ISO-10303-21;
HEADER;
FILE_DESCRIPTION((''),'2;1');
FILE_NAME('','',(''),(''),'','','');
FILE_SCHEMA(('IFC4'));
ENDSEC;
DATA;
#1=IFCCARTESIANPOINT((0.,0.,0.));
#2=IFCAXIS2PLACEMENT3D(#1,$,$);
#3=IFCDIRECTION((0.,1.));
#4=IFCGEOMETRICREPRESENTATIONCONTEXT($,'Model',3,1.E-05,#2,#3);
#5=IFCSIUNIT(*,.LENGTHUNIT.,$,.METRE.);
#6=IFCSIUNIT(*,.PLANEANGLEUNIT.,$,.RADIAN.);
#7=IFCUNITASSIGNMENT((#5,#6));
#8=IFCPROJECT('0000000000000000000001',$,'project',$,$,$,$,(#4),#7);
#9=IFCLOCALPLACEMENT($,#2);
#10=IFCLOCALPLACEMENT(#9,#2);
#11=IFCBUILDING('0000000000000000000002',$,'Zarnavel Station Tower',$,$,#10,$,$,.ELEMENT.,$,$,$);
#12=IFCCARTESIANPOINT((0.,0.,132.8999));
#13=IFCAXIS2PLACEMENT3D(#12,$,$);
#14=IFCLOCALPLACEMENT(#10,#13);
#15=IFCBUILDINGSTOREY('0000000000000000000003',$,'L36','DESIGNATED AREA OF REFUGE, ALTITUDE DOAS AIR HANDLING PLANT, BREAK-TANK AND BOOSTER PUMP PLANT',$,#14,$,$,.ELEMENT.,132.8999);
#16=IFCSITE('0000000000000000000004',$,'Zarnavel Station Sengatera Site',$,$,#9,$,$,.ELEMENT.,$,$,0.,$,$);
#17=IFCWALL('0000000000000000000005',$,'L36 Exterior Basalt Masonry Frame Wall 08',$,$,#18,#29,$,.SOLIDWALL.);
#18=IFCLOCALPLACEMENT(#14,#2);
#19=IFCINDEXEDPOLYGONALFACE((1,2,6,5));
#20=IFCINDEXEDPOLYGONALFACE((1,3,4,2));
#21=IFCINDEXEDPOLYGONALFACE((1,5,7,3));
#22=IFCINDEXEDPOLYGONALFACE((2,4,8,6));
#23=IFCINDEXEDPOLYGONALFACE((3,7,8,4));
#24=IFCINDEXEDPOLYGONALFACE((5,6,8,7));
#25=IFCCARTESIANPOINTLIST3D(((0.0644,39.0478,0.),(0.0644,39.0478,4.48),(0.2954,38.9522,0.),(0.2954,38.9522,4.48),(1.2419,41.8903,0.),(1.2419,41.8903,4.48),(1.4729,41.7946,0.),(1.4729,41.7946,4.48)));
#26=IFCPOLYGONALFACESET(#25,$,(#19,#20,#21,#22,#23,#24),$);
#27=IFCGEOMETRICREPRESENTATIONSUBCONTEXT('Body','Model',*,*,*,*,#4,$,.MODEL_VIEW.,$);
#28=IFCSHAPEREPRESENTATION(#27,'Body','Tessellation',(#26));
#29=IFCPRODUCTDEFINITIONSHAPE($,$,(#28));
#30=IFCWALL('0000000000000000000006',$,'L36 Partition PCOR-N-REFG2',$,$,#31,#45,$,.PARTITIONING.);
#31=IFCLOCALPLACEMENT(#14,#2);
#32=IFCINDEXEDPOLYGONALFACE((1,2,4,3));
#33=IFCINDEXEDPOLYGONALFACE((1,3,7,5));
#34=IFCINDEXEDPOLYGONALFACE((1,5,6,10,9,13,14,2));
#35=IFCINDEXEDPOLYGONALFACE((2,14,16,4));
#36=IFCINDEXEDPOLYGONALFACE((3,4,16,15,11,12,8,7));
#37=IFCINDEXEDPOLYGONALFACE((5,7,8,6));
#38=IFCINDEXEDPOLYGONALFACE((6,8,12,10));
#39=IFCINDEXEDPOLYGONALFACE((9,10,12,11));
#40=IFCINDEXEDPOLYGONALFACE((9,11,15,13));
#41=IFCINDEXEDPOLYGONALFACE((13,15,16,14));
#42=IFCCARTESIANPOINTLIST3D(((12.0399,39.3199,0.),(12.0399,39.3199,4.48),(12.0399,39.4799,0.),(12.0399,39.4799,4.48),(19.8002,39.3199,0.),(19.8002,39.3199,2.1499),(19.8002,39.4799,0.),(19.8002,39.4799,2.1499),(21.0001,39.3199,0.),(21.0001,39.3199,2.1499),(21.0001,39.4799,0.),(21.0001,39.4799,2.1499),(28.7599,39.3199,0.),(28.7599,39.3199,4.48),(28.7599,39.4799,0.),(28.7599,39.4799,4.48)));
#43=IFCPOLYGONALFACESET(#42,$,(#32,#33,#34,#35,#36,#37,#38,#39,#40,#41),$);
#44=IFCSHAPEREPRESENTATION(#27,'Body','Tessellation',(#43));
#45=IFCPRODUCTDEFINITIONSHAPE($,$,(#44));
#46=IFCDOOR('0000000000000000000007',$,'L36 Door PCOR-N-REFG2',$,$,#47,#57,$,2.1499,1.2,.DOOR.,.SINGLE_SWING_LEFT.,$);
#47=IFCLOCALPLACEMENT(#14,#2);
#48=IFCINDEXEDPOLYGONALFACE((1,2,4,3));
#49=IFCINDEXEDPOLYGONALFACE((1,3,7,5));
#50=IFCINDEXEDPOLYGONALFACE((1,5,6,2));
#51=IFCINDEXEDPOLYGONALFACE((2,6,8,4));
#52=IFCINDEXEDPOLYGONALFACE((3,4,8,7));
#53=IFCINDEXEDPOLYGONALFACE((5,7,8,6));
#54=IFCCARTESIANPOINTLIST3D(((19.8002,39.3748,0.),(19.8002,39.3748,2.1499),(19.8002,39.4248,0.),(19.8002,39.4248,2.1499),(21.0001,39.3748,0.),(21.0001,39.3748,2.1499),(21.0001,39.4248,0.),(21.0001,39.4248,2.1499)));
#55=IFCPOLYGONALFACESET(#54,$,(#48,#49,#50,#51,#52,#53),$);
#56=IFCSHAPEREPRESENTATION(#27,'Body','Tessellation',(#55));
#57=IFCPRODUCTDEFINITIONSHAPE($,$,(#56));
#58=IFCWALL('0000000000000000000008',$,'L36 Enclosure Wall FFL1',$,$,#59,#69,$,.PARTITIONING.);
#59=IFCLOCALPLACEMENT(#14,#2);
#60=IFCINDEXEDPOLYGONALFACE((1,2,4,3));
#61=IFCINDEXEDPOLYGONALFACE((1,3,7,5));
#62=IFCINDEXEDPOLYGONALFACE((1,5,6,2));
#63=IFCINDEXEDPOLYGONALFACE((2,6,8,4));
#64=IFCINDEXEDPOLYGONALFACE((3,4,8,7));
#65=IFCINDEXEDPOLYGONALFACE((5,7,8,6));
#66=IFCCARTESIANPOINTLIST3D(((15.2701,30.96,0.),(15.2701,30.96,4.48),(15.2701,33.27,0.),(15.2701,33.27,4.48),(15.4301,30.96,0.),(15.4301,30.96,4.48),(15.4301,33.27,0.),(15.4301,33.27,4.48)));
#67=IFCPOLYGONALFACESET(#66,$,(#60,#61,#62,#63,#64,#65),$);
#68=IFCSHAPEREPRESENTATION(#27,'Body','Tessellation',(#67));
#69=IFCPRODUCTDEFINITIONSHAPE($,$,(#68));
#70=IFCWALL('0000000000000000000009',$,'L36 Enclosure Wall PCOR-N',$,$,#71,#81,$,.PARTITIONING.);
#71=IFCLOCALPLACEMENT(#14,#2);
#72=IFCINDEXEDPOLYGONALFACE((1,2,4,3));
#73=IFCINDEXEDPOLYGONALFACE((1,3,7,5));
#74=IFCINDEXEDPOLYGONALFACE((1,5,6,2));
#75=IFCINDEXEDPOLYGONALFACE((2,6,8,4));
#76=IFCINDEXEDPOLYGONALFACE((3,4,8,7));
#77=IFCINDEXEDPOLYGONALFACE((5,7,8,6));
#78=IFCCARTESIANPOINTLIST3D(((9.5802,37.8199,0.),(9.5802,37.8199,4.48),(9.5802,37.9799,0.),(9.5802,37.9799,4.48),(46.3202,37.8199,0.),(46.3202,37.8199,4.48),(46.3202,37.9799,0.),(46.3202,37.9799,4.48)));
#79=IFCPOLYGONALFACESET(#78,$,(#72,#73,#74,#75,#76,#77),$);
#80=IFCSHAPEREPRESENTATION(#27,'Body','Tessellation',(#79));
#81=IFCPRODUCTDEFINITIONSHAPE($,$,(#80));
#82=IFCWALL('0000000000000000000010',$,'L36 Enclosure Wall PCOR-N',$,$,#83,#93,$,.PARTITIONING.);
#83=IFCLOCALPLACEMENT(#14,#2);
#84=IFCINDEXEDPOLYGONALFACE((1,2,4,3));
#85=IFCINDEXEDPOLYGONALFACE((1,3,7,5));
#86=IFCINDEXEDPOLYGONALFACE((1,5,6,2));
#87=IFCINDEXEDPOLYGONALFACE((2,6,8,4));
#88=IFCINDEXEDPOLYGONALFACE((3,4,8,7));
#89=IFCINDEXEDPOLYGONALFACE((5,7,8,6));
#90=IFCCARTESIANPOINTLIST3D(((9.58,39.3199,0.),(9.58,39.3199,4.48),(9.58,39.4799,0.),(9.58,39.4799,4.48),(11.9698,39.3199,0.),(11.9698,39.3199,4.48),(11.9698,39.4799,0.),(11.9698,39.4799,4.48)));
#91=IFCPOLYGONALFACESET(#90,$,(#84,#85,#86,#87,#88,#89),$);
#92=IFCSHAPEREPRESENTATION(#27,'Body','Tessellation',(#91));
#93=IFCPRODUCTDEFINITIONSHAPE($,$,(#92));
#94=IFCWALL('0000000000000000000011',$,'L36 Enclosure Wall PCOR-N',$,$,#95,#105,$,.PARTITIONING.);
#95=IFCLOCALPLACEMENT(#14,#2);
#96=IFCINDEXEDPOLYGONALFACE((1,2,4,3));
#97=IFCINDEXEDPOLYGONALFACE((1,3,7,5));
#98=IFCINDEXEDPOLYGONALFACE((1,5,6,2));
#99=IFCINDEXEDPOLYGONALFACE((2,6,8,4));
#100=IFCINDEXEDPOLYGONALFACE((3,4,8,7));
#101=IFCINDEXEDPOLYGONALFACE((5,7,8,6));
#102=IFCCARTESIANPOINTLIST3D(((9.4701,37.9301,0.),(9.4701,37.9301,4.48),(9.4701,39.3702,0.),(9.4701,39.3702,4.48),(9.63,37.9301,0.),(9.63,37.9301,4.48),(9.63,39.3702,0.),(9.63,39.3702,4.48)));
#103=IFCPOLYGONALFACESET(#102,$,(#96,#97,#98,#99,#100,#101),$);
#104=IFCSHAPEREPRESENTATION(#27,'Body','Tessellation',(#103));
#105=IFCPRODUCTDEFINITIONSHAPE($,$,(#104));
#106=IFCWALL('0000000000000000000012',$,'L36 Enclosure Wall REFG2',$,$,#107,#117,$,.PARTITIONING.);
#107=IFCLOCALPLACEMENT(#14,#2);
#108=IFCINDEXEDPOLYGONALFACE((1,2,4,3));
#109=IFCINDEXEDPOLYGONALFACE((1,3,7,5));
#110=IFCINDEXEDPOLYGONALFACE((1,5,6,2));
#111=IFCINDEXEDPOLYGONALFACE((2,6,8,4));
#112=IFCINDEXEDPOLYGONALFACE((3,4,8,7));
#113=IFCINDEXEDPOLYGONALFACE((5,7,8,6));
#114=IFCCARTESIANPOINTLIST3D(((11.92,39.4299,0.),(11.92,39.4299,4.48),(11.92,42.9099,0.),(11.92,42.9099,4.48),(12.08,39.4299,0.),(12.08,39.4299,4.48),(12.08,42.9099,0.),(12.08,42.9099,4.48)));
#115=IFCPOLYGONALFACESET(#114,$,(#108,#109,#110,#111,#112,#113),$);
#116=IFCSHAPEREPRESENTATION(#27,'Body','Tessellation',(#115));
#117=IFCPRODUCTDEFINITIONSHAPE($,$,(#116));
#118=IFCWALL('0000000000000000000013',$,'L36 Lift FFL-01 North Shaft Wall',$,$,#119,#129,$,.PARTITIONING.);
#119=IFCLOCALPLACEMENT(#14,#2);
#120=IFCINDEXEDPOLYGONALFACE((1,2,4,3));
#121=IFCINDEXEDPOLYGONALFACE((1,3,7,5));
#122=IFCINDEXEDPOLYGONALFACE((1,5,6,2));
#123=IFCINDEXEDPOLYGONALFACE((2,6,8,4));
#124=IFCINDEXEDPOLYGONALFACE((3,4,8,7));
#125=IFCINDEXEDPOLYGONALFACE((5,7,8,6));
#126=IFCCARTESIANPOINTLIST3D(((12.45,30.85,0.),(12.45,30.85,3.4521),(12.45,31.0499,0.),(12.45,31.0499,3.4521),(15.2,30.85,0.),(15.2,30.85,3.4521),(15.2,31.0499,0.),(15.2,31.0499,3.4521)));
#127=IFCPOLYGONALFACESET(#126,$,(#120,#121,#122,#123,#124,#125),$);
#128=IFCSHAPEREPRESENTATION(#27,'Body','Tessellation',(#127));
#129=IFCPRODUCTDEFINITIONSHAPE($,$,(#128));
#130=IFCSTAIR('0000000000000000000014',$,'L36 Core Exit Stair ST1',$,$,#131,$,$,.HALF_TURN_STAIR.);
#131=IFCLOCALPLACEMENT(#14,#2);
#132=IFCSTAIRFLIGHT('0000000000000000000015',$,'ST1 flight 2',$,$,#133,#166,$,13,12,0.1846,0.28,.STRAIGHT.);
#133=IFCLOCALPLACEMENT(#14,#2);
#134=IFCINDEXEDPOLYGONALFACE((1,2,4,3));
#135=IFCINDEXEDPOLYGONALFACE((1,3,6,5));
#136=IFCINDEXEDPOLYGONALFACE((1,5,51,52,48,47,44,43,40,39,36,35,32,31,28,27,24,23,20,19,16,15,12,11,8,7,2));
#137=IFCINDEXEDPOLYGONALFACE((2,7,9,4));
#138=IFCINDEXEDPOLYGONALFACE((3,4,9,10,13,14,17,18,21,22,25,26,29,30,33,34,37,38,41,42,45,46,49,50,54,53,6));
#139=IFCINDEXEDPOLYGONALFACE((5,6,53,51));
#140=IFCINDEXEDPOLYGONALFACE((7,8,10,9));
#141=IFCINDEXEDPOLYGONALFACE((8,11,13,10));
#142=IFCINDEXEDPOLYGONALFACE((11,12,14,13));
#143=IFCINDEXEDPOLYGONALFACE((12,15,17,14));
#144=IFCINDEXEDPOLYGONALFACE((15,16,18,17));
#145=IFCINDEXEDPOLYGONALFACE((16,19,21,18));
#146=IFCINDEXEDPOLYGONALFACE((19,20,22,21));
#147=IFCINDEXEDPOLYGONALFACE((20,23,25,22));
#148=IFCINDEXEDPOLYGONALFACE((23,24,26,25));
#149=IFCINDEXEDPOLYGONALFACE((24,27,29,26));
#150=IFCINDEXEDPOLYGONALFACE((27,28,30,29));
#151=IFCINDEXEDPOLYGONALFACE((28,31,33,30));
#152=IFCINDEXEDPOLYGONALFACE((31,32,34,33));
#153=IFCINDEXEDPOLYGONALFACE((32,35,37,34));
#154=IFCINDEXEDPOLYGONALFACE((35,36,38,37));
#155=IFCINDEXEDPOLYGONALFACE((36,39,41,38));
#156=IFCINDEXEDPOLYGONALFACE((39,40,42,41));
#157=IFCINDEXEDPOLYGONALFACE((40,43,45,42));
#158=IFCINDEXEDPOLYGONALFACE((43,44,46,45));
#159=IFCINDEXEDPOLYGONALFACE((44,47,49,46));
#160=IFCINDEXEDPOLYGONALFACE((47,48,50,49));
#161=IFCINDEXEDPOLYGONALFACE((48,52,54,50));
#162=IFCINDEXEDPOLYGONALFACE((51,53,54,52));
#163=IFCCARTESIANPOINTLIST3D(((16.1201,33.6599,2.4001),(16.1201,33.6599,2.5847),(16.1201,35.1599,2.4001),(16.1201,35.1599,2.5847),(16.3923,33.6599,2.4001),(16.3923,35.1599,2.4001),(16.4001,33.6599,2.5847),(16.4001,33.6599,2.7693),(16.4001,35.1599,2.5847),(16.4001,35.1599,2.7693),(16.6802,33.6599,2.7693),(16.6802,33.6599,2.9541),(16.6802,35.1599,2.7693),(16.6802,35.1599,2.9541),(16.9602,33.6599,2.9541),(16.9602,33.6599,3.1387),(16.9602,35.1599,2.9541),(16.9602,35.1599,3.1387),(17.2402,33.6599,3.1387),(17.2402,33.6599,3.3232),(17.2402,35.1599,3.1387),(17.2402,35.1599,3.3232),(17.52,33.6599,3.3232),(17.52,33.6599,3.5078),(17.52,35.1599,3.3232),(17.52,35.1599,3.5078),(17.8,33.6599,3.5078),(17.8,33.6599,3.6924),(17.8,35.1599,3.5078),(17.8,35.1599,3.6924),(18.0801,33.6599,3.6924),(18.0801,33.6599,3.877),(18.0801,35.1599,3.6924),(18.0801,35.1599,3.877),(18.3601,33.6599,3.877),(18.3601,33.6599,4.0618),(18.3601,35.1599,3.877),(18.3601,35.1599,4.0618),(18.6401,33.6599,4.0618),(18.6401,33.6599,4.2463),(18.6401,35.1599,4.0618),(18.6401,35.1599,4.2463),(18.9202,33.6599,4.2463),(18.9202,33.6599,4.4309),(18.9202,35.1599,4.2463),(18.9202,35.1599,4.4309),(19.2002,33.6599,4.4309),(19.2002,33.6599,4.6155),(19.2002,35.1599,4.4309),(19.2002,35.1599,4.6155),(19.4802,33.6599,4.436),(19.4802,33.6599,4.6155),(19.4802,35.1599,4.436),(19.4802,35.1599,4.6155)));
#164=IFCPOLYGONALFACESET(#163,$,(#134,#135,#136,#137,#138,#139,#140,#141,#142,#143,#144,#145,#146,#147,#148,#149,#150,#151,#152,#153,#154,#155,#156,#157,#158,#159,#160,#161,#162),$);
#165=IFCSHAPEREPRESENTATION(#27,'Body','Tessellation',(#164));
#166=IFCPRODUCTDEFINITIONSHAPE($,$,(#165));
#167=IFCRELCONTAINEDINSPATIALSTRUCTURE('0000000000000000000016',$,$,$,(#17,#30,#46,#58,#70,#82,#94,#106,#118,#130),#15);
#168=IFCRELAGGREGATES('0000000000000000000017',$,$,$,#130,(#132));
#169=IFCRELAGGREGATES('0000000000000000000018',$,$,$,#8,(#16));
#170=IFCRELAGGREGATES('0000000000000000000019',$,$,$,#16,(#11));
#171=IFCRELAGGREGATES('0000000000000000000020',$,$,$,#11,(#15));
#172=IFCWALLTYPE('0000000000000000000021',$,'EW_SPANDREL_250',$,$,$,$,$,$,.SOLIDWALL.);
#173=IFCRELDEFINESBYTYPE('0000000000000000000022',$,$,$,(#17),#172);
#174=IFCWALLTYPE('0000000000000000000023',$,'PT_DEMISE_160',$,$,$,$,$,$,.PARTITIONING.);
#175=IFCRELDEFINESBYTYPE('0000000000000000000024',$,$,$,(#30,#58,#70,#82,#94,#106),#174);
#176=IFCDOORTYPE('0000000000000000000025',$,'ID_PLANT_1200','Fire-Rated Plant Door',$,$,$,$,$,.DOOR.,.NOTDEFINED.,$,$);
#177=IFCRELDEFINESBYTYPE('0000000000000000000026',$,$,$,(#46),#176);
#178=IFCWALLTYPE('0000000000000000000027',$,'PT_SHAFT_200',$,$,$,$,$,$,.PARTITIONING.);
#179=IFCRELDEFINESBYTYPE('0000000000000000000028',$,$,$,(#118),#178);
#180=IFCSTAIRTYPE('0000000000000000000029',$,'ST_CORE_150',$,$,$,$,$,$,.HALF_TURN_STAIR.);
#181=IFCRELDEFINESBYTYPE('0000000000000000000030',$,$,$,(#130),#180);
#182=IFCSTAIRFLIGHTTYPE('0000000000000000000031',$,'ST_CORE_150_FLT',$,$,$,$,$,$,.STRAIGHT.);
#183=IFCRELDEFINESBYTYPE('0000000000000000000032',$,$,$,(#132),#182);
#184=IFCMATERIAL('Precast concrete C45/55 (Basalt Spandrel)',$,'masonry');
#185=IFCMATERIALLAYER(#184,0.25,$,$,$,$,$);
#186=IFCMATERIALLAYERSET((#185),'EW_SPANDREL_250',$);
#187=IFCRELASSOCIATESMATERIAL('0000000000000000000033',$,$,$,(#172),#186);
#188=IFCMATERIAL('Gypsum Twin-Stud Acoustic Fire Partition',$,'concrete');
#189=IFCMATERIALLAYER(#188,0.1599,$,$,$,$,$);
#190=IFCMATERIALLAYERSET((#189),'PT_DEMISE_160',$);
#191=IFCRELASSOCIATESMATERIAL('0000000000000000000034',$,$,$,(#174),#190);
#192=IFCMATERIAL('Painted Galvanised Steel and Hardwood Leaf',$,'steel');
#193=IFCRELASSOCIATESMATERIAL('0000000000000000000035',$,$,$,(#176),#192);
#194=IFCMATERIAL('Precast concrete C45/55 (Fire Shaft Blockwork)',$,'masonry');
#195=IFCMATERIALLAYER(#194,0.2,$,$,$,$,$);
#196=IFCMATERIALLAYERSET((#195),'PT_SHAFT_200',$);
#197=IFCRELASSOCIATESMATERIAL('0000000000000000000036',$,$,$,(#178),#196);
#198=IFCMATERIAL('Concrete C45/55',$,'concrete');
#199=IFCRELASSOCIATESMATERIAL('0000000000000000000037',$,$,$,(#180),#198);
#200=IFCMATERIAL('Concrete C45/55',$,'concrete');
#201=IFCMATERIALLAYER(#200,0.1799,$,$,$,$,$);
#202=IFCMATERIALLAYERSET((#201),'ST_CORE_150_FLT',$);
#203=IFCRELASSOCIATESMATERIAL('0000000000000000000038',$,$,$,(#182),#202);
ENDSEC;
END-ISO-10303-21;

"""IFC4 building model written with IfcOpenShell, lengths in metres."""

from ifc_helpers import new_model, si_unit, direction, frame, frame_2d, origin, place, context, subcontext, project, spatial, polyline, rectangle, outline, extrude, material, layer, layer_set, type_object, element, fill, aggregate, save


model = new_model("IFC4")

# Units and contexts
model_context = context("Model", 3, precision=1e-05, world=origin(), true_north=direction((0.0, 1.0)))
body_context = subcontext(model_context, "Body", "Model", "MODEL_VIEW")
ifc_project = project(units=[si_unit("LENGTHUNIT", "METRE"), si_unit("PLANEANGLEUNIT", "RADIAN")], contexts=[model_context])

# Site, building, storey
site_placement = place(None, origin())
site = spatial("IfcSite", under=ifc_project, at=site_placement, Name="Zarnavel Station Sengatera Site", CompositionType="ELEMENT", RefElevation=0.0)
building_placement = place(site_placement, origin())
building = spatial("IfcBuilding", under=site, at=building_placement, Name="Zarnavel Station Tower", CompositionType="ELEMENT")
storey_placement = place(building_placement, frame((0.0, 0.0, 132.8999)))
storey = spatial("IfcBuildingStorey", under=building, at=storey_placement, Name="L36", Description="DESIGNATED AREA OF REFUGE, ALTITUDE DOAS AIR HANDLING PLANT, BREAK-TANK AND BOOSTER PUMP PLANT", CompositionType="ELEMENT", Elevation=132.8999)

# Wall
ifc_material_1 = material(Name="Precast concrete C45/55 (Basalt Spandrel)", Category="masonry")
ifc_layer_1 = layer(ifc_material_1, 0.25)
ifc_layer_set_1 = layer_set([ifc_layer_1], Name="EW_SPANDREL_250")
wall_type_1 = type_object("IfcWallType", Name="EW_SPANDREL_250", PredefinedType="SOLIDWALL", material=ifc_layer_set_1)
for number, where, z_axis, x_axis, name in (
    (1, (0.1799, 39.0, 0.0), (0.0, 0.0, 1.0), (0.382705, 0.923871, 0.0), "L36 Exterior Basalt Masonry Frame Wall 08"),
):
    element("IfcWall", number, at=place(storey_placement, frame(where, z_axis=z_axis, x_axis=x_axis)), inside=storey, type_object=wall_type_1, Name=name, PredefinedType="SOLIDWALL", context=body_context, shape_type="SweptSolid", body=[
        extrude(rectangle(XDim=3.0767, YDim=0.25, at=frame_2d((1.5383, 0.0))), origin(), (0.0, 0.0, 1.0), 4.48),
    ])

# Wall, opening, door
ifc_material_2 = material(Name="Gypsum Twin-Stud Acoustic Fire Partition", Category="concrete")
ifc_layer_2 = layer(ifc_material_2, 0.1599)
ifc_layer_set_2 = layer_set([ifc_layer_2], Name="PT_DEMISE_160")
wall_type_2 = type_object("IfcWallType", Name="PT_DEMISE_160", PredefinedType="PARTITIONING", material=ifc_layer_set_2)
wall_1_placement = place(storey_placement, frame((12.04, 39.3999, 0.0), z_axis=(0.0, 0.0, 1.0), x_axis=(1.0, 0.0, 0.0)))
wall_1 = element("IfcWall", 2, at=wall_1_placement, inside=storey, type_object=wall_type_2, Name="L36 Partition PCOR-N-REFG2", PredefinedType="PARTITIONING", context=body_context, shape_type="SweptSolid", body=[
    extrude(rectangle(XDim=16.72, YDim=0.1599, at=frame_2d((8.3599, 0.0))), origin(), (0.0, 0.0, 1.0), 4.48),
])
opening_placement = place(wall_1_placement, frame((7.76, 0.0, 0.0)))
opening = element("IfcOpeningElement", 3, at=opening_placement, cuts=wall_1, PredefinedType="OPENING", context=body_context, shape_type="SweptSolid", body=[
    extrude(rectangle(XDim=1.2, YDim=2.1499, at=frame_2d((0.6001, 1.075))), frame((0.0, 0.0898, 0.0), z_axis=(0.0, -1.0, 0.0), x_axis=(1.0, 0.0, 0.0)), (0.0, 0.0, 1.0), 0.1799),
])
ifc_material_3 = material(Name="Painted Galvanised Steel and Hardwood Leaf", Category="steel")
door_type = type_object("IfcDoorType", Name="ID_PLANT_1200", Description="Fire-Rated Plant Door", OperationType="NOTDEFINED", PredefinedType="DOOR", material=ifc_material_3)
door_placement = place(opening_placement, origin())
door = element("IfcDoor", 4, at=door_placement, inside=storey, type_object=door_type, Name="L36 Door PCOR-N-REFG2", OperationType="SINGLE_SWING_LEFT", OverallHeight=2.1499, OverallWidth=1.2, PredefinedType="DOOR", context=body_context, shape_type="SweptSolid", body=[
    extrude(rectangle(XDim=1.2, YDim=2.1499, at=frame_2d((0.6001, 1.075))), frame((0.0, 0.0249, 0.0), z_axis=(0.0, -1.0, 0.0), x_axis=(1.0, 0.0, 0.0)), (0.0, 0.0, 1.0), 0.05),
])
fill(opening, door)

# Walls
wall_2_placement = place(storey_placement, frame((15.3501, 30.96, 0.0), z_axis=(0.0, 0.0, 1.0), x_axis=(0.0, 1.0, 0.0)))
element("IfcWall", 5, at=wall_2_placement, inside=storey, type_object=wall_type_2, Name="L36 Enclosure Wall FFL1", PredefinedType="PARTITIONING", context=body_context, shape_type="SweptSolid", body=[
    extrude(rectangle(XDim=2.3101, YDim=0.1599, at=frame_2d((1.155, 0.0))), origin(), (0.0, 0.0, 1.0), 4.48),
])
wall_3_placement = place(storey_placement, frame((9.5801, 37.8999, 0.0), z_axis=(0.0, 0.0, 1.0), x_axis=(1.0, 0.0, 0.0)))
element("IfcWall", 6, at=wall_3_placement, inside=storey, type_object=wall_type_2, Name="L36 Enclosure Wall PCOR-N", PredefinedType="PARTITIONING", context=body_context, shape_type="SweptSolid", body=[
    extrude(rectangle(XDim=36.74, YDim=0.1599, at=frame_2d((18.3701, 0.0))), origin(), (0.0, 0.0, 1.0), 4.48),
])
wall_4_placement = place(storey_placement, frame((9.5801, 39.3999, 0.0), z_axis=(0.0, 0.0, 1.0), x_axis=(1.0, 0.0, 0.0)))
element("IfcWall", 7, at=wall_4_placement, inside=storey, type_object=wall_type_2, Name="L36 Enclosure Wall PCOR-N", PredefinedType="PARTITIONING", context=body_context, shape_type="SweptSolid", body=[
    extrude(rectangle(XDim=2.3899, YDim=0.1599, at=frame_2d((1.1948, 0.0))), origin(), (0.0, 0.0, 1.0), 4.48),
])
wall_5_placement = place(storey_placement, frame((9.55, 37.9299, 0.0), z_axis=(0.0, 0.0, 1.0), x_axis=(0.0, 1.0, 0.0)))
element("IfcWall", 8, at=wall_5_placement, inside=storey, type_object=wall_type_2, Name="L36 Enclosure Wall PCOR-N", PredefinedType="PARTITIONING", context=body_context, shape_type="SweptSolid", body=[
    extrude(rectangle(XDim=1.4402, YDim=0.1599, at=frame_2d((0.7202, 0.0))), origin(), (0.0, 0.0, 1.0), 4.48),
])
wall_6_placement = place(storey_placement, frame((12.0, 39.4299, 0.0), z_axis=(0.0, 0.0, 1.0), x_axis=(0.0, 1.0, 0.0)))
element("IfcWall", 9, at=wall_6_placement, inside=storey, type_object=wall_type_2, Name="L36 Enclosure Wall REFG2", PredefinedType="PARTITIONING", context=body_context, shape_type="SweptSolid", body=[
    extrude(rectangle(XDim=3.48, YDim=0.1599, at=frame_2d((1.74, 0.0))), origin(), (0.0, 0.0, 1.0), 4.48),
])
ifc_material_4 = material(Name="Precast concrete C45/55 (Fire Shaft Blockwork)", Category="masonry")
ifc_layer_3 = layer(ifc_material_4, 0.2)
ifc_layer_set_3 = layer_set([ifc_layer_3], Name="PT_SHAFT_200")
wall_type_3 = type_object("IfcWallType", Name="PT_SHAFT_200", PredefinedType="PARTITIONING", material=ifc_layer_set_3)
wall_7_placement = place(storey_placement, frame((12.45, 30.95, 0.0), z_axis=(0.0, 0.0, 1.0), x_axis=(1.0, 0.0, 0.0)))
element("IfcWall", 10, at=wall_7_placement, inside=storey, type_object=wall_type_3, Name="L36 Lift FFL-01 North Shaft Wall", PredefinedType="PARTITIONING", context=body_context, shape_type="SweptSolid", body=[
    extrude(rectangle(XDim=2.75, YDim=0.2, at=frame_2d((1.375, 0.0))), origin(), (0.0, 0.0, 1.0), 3.4521),
])

# Stair, stair flight
ifc_material_5 = material(Name="Concrete C45/55", Category="concrete")
stair_type = type_object("IfcStairType", Name="ST_CORE_150", PredefinedType="HALF_TURN_STAIR", material=ifc_material_5)
stair_placement = place(storey_placement, origin())
stair = element("IfcStair", 11, at=stair_placement, inside=storey, type_object=stair_type, Name="L36 Core Exit Stair ST1", PredefinedType="HALF_TURN_STAIR")
ifc_material_6 = material(Name="Concrete C45/55", Category="concrete")
ifc_layer_4 = layer(ifc_material_6, 0.1799)
ifc_layer_set_4 = layer_set([ifc_layer_4], Name="ST_CORE_150_FLT")
stair_flight_type = type_object("IfcStairFlightType", Name="ST_CORE_150_FLT", PredefinedType="STRAIGHT", material=ifc_layer_set_4)
stair_flight_placement = place(storey_placement, frame((16.1201, 34.4099, 2.4001), z_axis=(0.0, 0.0, 1.0), x_axis=(1.0, 0.0, 0.0)))
stair_flight = element("IfcStairFlight", 12, at=stair_flight_placement, type_object=stair_flight_type, Name="ST1 flight 2", NumberOfRisers=13, NumberOfTreads=12, PredefinedType="STRAIGHT", RiserHeight=0.1846, TreadLength=0.28, context=body_context, shape_type="SweptSolid", body=[
    extrude(outline(polyline([(0.0, 0.0), (0.0, 0.1846), (0.28, 0.1846), (0.28, 0.3691), (0.5601, 0.3691), (0.5601, 0.554), (0.8401, 0.554), (0.8401, 0.7385), (1.1201, 0.7385), (1.1201, 0.9231), (1.3999, 0.9231), (1.3999, 1.1077), (1.6799, 1.1077), (1.6799, 1.2922), (1.96, 1.2922), (1.96, 1.4768), (2.24, 1.4768), (2.24, 1.6616), (2.52, 1.6616), (2.52, 1.8462), (2.8, 1.8462), (2.8, 2.0308), (3.0801, 2.0308), (3.0801, 2.2153), (3.3601, 2.2153), (3.3601, 2.3999), (3.3601, 2.0359), (0.2722, 0.0), (0.0, 0.0)])), frame((0.0, 0.75, 0.0), z_axis=(0.0, -1.0, 0.0), x_axis=(1.0, 0.0, 0.0)), (0.0, 0.0, 1.0), 1.5),
])
aggregate(stair, [stair_flight])

save(model, "model.ifc")
